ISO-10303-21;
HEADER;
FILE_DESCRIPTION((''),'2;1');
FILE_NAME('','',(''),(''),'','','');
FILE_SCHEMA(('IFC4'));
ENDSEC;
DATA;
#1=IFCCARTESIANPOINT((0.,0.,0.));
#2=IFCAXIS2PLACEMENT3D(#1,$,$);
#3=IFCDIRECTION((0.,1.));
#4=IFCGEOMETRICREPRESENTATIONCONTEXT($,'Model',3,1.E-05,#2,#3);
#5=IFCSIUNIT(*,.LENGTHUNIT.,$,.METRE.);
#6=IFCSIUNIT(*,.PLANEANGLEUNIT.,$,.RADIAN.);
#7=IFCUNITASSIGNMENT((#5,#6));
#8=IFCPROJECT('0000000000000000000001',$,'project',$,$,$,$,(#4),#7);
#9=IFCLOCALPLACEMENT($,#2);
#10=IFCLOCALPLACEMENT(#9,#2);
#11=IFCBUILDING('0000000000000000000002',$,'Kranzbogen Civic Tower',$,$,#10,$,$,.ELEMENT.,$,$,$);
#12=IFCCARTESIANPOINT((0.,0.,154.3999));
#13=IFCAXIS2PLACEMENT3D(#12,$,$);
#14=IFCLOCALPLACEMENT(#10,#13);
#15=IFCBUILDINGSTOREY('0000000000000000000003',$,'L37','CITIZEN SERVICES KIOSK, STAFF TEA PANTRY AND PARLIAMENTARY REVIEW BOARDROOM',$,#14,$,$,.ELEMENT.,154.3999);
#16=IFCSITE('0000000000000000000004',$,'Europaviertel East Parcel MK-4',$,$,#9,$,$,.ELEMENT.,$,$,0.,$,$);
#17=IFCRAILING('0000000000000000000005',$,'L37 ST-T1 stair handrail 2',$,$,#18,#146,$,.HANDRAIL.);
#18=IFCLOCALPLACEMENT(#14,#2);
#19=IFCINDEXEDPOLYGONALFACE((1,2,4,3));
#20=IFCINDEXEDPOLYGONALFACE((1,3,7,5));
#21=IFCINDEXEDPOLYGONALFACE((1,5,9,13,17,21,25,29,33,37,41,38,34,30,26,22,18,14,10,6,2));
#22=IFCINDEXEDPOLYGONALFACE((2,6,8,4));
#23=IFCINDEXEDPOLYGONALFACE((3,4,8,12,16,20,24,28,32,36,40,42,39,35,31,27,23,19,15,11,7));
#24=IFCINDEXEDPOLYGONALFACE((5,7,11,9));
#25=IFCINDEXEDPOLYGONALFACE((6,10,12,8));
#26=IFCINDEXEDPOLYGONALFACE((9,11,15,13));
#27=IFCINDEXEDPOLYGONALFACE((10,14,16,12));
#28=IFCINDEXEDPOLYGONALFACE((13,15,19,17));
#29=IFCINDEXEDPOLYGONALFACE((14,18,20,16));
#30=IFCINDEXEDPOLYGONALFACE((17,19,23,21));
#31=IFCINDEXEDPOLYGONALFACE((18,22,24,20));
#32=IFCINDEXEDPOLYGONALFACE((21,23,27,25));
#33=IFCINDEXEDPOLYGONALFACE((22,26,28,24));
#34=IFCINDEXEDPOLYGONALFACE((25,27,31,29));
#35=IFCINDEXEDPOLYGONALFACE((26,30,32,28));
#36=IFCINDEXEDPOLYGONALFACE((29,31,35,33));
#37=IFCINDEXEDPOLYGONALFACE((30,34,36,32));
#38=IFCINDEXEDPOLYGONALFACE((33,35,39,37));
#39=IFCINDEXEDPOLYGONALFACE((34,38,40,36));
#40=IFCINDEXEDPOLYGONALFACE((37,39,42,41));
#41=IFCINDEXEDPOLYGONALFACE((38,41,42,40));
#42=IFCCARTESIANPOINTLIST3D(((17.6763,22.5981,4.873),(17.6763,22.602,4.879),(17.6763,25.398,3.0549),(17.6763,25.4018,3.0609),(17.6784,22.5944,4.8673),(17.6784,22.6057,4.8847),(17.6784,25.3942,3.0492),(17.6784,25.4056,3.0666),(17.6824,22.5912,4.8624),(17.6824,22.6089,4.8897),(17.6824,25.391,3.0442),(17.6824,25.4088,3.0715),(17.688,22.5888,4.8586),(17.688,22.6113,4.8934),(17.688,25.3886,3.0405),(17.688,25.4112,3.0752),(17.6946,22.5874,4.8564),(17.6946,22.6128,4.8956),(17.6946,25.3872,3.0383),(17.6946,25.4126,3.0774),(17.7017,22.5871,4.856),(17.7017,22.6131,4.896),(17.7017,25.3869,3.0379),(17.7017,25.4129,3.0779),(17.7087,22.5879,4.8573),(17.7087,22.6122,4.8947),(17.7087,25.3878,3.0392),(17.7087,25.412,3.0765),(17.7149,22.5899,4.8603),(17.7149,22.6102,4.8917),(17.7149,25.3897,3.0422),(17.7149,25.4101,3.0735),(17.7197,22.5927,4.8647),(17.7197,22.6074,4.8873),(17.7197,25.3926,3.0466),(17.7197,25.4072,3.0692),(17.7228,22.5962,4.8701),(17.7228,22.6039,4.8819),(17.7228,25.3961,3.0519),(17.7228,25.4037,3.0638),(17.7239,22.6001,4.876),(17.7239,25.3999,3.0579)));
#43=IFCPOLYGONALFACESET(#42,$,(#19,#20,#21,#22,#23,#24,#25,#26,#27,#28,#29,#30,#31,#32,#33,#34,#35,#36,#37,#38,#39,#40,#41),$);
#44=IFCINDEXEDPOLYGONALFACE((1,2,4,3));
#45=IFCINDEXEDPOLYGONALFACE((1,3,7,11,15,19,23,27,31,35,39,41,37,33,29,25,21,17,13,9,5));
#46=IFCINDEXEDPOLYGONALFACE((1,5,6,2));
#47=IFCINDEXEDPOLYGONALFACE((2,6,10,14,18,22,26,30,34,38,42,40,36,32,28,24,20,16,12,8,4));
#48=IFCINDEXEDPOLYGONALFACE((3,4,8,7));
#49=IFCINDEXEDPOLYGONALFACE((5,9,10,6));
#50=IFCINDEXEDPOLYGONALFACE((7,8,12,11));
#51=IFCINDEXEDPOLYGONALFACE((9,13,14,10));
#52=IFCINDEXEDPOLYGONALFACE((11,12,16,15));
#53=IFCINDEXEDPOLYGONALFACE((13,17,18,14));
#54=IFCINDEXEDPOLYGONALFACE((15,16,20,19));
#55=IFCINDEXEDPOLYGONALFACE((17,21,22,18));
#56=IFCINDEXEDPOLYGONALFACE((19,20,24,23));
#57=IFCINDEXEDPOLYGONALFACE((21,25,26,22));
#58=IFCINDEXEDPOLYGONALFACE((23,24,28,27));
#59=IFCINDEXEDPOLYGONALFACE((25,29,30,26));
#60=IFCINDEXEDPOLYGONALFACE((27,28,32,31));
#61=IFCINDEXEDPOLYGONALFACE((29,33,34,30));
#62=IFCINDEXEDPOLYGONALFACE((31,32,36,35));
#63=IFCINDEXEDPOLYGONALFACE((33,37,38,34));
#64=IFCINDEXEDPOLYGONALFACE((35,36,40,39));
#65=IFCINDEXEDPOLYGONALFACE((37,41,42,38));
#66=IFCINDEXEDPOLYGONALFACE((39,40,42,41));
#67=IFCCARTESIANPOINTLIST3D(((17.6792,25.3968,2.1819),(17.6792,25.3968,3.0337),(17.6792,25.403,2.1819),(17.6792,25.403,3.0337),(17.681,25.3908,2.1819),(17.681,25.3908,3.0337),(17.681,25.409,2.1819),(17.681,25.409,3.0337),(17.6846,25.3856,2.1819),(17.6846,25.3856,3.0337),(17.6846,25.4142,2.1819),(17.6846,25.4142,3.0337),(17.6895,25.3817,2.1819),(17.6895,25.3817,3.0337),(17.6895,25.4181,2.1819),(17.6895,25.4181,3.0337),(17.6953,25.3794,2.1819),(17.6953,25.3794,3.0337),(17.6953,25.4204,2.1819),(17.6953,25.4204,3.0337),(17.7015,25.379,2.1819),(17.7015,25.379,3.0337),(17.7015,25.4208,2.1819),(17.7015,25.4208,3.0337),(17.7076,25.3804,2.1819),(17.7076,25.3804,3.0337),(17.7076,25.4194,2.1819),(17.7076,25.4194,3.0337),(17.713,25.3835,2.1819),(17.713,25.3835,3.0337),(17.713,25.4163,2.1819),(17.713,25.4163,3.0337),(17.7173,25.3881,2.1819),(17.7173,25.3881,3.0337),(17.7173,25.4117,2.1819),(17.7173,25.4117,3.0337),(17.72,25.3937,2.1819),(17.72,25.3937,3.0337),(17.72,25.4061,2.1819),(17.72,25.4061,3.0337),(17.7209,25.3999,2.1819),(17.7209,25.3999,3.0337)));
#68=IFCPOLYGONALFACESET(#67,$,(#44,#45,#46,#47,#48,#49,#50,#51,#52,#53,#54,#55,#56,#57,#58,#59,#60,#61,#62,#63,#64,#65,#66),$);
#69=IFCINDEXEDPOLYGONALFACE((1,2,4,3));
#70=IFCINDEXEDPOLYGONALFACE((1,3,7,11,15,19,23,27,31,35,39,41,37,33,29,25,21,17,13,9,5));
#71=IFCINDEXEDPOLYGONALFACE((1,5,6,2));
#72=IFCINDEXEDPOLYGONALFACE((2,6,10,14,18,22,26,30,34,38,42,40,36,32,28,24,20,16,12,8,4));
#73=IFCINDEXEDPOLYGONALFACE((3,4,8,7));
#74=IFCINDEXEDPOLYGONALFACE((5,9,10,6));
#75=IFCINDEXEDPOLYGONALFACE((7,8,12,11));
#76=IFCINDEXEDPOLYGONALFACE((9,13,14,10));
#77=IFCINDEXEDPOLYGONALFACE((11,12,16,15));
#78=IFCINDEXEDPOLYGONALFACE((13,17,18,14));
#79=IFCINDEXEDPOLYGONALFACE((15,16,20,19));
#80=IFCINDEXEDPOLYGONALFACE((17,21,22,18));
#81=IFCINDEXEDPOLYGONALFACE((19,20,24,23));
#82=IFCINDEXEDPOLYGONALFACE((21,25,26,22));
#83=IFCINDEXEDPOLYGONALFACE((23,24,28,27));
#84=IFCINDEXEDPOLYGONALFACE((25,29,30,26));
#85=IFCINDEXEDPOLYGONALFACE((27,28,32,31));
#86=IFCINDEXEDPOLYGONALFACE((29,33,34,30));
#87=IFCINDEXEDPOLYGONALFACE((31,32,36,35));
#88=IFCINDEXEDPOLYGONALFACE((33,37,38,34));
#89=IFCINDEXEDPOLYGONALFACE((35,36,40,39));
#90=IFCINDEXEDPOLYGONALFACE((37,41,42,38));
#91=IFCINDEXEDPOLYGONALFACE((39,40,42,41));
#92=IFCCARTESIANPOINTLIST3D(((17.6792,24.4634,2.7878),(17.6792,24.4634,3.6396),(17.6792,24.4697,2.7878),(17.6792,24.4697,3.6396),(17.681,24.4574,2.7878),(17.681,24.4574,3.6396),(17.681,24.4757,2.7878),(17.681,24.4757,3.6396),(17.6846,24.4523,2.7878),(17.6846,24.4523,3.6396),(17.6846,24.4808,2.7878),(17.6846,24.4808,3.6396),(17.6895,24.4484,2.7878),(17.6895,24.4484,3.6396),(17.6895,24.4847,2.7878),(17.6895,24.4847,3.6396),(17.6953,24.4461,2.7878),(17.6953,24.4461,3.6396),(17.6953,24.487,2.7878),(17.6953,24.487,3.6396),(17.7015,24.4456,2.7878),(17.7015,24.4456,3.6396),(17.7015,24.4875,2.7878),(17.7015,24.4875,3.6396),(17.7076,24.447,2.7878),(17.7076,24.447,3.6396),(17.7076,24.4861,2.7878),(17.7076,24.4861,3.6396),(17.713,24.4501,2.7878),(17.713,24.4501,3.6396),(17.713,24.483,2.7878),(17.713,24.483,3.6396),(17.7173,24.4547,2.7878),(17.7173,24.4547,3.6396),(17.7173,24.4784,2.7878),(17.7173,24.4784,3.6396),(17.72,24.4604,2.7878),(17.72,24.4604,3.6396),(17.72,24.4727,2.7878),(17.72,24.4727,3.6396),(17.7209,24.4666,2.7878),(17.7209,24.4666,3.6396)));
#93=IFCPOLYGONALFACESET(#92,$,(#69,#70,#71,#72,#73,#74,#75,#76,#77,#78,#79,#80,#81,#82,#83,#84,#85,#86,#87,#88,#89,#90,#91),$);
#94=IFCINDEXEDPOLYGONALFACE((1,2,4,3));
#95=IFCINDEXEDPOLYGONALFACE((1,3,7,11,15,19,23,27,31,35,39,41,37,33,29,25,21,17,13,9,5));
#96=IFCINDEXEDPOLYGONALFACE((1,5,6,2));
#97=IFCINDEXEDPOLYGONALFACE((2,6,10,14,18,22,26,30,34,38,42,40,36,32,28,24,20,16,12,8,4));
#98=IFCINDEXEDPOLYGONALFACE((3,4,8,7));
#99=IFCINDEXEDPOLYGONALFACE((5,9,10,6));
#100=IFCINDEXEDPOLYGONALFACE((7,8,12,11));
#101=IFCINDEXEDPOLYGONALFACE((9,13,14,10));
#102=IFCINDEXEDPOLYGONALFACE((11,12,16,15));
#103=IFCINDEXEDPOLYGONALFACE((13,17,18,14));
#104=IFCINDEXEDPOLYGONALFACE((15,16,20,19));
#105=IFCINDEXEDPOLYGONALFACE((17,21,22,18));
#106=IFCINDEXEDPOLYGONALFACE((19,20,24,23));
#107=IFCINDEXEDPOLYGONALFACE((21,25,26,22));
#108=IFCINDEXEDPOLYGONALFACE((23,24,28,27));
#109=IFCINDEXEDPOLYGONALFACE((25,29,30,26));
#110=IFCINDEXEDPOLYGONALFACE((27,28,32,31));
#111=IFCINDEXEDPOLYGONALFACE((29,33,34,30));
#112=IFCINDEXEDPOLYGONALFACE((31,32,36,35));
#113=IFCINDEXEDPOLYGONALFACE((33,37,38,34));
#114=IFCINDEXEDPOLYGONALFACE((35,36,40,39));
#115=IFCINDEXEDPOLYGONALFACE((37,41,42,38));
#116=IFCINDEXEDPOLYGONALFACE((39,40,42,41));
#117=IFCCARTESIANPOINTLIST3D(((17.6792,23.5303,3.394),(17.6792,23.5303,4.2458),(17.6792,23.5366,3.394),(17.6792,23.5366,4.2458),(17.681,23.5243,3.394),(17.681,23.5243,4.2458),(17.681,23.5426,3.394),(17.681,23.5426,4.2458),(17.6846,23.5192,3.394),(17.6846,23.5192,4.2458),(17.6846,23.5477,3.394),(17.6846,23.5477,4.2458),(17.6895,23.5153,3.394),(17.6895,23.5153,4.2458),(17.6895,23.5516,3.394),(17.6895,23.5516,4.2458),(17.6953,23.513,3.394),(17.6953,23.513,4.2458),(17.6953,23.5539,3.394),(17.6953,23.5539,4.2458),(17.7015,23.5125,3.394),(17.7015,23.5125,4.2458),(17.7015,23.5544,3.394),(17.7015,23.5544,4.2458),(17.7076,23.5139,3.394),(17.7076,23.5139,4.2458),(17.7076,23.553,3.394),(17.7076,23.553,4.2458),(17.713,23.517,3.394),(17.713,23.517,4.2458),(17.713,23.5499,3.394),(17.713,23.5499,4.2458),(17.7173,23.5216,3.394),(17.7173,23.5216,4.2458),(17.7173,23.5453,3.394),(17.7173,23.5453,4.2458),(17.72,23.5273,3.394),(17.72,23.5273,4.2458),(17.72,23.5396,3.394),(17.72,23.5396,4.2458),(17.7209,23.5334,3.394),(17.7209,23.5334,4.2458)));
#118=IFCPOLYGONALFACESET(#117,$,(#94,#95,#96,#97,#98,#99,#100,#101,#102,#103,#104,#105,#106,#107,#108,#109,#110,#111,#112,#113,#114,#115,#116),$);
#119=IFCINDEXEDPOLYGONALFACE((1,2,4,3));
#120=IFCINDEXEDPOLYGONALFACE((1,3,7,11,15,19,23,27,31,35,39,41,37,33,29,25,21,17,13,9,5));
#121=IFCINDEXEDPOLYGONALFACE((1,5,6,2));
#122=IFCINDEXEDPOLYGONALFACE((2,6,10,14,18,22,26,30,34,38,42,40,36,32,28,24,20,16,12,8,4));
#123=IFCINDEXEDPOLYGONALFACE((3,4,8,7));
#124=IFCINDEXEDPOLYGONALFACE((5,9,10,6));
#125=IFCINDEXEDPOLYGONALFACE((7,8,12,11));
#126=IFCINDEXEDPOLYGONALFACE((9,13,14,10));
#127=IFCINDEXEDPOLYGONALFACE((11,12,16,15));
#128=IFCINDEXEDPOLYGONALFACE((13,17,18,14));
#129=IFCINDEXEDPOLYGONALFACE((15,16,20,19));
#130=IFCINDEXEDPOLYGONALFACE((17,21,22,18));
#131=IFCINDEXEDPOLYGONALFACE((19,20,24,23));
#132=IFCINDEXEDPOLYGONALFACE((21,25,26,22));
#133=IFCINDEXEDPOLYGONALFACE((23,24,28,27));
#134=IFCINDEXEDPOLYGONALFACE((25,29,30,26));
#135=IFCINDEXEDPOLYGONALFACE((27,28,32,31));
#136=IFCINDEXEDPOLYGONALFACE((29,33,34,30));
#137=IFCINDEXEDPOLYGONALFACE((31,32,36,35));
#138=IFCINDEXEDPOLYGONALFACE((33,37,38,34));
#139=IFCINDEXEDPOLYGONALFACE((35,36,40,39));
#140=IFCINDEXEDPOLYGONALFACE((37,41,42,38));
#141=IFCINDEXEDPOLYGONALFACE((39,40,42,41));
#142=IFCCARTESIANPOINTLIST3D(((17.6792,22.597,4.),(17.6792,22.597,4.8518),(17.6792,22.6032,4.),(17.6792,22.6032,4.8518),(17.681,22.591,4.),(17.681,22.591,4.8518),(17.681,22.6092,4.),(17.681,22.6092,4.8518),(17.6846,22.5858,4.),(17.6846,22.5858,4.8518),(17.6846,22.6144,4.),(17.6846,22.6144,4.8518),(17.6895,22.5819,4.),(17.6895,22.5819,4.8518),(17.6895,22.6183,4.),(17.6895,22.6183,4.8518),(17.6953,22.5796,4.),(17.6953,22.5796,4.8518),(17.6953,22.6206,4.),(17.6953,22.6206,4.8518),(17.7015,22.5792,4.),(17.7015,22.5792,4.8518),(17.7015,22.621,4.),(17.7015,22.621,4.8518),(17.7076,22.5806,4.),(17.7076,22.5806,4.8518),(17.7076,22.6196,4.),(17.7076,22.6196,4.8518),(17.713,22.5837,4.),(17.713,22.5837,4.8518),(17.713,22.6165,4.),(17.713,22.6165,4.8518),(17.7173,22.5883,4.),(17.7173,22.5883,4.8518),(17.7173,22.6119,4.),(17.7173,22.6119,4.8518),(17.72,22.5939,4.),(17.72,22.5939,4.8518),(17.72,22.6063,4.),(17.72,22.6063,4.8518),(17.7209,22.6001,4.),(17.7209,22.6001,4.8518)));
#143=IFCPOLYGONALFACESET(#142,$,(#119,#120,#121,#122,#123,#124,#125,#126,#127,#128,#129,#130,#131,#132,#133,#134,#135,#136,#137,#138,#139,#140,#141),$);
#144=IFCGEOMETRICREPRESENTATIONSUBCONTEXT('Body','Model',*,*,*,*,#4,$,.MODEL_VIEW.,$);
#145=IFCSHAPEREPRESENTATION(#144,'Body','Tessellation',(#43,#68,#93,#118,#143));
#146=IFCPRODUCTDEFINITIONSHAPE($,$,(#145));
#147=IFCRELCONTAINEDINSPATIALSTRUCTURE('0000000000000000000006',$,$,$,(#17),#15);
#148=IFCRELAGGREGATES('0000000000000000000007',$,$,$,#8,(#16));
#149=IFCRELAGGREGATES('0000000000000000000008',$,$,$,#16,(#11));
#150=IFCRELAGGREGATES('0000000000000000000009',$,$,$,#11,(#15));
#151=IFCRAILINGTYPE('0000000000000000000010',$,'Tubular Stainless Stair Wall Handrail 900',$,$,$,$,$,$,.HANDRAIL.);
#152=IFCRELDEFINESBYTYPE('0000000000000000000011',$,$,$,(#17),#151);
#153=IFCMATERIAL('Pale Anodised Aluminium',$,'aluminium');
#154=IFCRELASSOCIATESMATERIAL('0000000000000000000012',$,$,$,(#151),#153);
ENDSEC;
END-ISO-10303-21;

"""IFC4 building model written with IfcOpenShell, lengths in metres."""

from ifc_helpers import new_model, si_unit, direction, frame, origin, origin_2d, place, context, subcontext, project, spatial, circle, extrude, material, type_object, element, save


model = new_model("IFC4")

# Units and contexts
model_context = context("Model", 3, precision=1e-05, world=origin(), true_north=direction((0.0, 1.0)))
body_context = subcontext(model_context, "Body", "Model", "MODEL_VIEW")
ifc_project = project(units=[si_unit("LENGTHUNIT", "METRE"), si_unit("PLANEANGLEUNIT", "RADIAN")], contexts=[model_context])

# Site, building, storey
site_placement = place(None, origin())
site = spatial("IfcSite", under=ifc_project, at=site_placement, Name="Europaviertel East Parcel MK-4", CompositionType="ELEMENT", RefElevation=0.0)
building_placement = place(site_placement, origin())
building = spatial("IfcBuilding", under=site, at=building_placement, Name="Kranzbogen Civic Tower", CompositionType="ELEMENT")
storey_placement = place(building_placement, frame((0.0, 0.0, 154.3999)))
storey = spatial("IfcBuildingStorey", under=building, at=storey_placement, Name="L37", Description="CITIZEN SERVICES KIOSK, STAFF TEA PANTRY AND PARLIAMENTARY REVIEW BOARDROOM", CompositionType="ELEMENT", Elevation=154.3999)

# Railing
ifc_material_1 = material(Name="Pale Anodised Aluminium", Category="aluminium")
railing_type_1 = type_object("IfcRailingType", Name="Tubular Stainless Stair Wall Handrail 900", PredefinedType="HANDRAIL", material=ifc_material_1)
railing_1_placement = place(storey_placement, frame((17.7, 25.3999, 2.1819)))
element("IfcRailing", 1, at=railing_1_placement, inside=storey, type_object=railing_type_1, Name="L37 ST-T1 stair handrail 2", PredefinedType="HANDRAIL", context=body_context, shape_type="SweptSolid", body=[
    extrude(circle(Radius=0.0239, at=origin_2d()), frame((0.0, 0.0, 0.876), z_axis=(0.0, -0.838684, 0.544618), x_axis=(1.0, 0.0, 0.0)), (0.0, 0.0, 1.0), 3.3384),
    extrude(circle(Radius=0.021, at=origin_2d()), origin(), (0.0, 0.0, 1.0), 0.8518),
    extrude(circle(Radius=0.021, at=origin_2d()), frame((0.0, -0.9333, 0.606)), (0.0, 0.0, 1.0), 0.8518),
    extrude(circle(Radius=0.021, at=origin_2d()), frame((0.0, -1.8665, 1.2122)), (0.0, 0.0, 1.0), 0.8518),
    extrude(circle(Radius=0.021, at=origin_2d()), frame((0.0, -2.7998, 1.8181)), (0.0, 0.0, 1.0), 0.8518),
])

save(model, "model.ifc")
